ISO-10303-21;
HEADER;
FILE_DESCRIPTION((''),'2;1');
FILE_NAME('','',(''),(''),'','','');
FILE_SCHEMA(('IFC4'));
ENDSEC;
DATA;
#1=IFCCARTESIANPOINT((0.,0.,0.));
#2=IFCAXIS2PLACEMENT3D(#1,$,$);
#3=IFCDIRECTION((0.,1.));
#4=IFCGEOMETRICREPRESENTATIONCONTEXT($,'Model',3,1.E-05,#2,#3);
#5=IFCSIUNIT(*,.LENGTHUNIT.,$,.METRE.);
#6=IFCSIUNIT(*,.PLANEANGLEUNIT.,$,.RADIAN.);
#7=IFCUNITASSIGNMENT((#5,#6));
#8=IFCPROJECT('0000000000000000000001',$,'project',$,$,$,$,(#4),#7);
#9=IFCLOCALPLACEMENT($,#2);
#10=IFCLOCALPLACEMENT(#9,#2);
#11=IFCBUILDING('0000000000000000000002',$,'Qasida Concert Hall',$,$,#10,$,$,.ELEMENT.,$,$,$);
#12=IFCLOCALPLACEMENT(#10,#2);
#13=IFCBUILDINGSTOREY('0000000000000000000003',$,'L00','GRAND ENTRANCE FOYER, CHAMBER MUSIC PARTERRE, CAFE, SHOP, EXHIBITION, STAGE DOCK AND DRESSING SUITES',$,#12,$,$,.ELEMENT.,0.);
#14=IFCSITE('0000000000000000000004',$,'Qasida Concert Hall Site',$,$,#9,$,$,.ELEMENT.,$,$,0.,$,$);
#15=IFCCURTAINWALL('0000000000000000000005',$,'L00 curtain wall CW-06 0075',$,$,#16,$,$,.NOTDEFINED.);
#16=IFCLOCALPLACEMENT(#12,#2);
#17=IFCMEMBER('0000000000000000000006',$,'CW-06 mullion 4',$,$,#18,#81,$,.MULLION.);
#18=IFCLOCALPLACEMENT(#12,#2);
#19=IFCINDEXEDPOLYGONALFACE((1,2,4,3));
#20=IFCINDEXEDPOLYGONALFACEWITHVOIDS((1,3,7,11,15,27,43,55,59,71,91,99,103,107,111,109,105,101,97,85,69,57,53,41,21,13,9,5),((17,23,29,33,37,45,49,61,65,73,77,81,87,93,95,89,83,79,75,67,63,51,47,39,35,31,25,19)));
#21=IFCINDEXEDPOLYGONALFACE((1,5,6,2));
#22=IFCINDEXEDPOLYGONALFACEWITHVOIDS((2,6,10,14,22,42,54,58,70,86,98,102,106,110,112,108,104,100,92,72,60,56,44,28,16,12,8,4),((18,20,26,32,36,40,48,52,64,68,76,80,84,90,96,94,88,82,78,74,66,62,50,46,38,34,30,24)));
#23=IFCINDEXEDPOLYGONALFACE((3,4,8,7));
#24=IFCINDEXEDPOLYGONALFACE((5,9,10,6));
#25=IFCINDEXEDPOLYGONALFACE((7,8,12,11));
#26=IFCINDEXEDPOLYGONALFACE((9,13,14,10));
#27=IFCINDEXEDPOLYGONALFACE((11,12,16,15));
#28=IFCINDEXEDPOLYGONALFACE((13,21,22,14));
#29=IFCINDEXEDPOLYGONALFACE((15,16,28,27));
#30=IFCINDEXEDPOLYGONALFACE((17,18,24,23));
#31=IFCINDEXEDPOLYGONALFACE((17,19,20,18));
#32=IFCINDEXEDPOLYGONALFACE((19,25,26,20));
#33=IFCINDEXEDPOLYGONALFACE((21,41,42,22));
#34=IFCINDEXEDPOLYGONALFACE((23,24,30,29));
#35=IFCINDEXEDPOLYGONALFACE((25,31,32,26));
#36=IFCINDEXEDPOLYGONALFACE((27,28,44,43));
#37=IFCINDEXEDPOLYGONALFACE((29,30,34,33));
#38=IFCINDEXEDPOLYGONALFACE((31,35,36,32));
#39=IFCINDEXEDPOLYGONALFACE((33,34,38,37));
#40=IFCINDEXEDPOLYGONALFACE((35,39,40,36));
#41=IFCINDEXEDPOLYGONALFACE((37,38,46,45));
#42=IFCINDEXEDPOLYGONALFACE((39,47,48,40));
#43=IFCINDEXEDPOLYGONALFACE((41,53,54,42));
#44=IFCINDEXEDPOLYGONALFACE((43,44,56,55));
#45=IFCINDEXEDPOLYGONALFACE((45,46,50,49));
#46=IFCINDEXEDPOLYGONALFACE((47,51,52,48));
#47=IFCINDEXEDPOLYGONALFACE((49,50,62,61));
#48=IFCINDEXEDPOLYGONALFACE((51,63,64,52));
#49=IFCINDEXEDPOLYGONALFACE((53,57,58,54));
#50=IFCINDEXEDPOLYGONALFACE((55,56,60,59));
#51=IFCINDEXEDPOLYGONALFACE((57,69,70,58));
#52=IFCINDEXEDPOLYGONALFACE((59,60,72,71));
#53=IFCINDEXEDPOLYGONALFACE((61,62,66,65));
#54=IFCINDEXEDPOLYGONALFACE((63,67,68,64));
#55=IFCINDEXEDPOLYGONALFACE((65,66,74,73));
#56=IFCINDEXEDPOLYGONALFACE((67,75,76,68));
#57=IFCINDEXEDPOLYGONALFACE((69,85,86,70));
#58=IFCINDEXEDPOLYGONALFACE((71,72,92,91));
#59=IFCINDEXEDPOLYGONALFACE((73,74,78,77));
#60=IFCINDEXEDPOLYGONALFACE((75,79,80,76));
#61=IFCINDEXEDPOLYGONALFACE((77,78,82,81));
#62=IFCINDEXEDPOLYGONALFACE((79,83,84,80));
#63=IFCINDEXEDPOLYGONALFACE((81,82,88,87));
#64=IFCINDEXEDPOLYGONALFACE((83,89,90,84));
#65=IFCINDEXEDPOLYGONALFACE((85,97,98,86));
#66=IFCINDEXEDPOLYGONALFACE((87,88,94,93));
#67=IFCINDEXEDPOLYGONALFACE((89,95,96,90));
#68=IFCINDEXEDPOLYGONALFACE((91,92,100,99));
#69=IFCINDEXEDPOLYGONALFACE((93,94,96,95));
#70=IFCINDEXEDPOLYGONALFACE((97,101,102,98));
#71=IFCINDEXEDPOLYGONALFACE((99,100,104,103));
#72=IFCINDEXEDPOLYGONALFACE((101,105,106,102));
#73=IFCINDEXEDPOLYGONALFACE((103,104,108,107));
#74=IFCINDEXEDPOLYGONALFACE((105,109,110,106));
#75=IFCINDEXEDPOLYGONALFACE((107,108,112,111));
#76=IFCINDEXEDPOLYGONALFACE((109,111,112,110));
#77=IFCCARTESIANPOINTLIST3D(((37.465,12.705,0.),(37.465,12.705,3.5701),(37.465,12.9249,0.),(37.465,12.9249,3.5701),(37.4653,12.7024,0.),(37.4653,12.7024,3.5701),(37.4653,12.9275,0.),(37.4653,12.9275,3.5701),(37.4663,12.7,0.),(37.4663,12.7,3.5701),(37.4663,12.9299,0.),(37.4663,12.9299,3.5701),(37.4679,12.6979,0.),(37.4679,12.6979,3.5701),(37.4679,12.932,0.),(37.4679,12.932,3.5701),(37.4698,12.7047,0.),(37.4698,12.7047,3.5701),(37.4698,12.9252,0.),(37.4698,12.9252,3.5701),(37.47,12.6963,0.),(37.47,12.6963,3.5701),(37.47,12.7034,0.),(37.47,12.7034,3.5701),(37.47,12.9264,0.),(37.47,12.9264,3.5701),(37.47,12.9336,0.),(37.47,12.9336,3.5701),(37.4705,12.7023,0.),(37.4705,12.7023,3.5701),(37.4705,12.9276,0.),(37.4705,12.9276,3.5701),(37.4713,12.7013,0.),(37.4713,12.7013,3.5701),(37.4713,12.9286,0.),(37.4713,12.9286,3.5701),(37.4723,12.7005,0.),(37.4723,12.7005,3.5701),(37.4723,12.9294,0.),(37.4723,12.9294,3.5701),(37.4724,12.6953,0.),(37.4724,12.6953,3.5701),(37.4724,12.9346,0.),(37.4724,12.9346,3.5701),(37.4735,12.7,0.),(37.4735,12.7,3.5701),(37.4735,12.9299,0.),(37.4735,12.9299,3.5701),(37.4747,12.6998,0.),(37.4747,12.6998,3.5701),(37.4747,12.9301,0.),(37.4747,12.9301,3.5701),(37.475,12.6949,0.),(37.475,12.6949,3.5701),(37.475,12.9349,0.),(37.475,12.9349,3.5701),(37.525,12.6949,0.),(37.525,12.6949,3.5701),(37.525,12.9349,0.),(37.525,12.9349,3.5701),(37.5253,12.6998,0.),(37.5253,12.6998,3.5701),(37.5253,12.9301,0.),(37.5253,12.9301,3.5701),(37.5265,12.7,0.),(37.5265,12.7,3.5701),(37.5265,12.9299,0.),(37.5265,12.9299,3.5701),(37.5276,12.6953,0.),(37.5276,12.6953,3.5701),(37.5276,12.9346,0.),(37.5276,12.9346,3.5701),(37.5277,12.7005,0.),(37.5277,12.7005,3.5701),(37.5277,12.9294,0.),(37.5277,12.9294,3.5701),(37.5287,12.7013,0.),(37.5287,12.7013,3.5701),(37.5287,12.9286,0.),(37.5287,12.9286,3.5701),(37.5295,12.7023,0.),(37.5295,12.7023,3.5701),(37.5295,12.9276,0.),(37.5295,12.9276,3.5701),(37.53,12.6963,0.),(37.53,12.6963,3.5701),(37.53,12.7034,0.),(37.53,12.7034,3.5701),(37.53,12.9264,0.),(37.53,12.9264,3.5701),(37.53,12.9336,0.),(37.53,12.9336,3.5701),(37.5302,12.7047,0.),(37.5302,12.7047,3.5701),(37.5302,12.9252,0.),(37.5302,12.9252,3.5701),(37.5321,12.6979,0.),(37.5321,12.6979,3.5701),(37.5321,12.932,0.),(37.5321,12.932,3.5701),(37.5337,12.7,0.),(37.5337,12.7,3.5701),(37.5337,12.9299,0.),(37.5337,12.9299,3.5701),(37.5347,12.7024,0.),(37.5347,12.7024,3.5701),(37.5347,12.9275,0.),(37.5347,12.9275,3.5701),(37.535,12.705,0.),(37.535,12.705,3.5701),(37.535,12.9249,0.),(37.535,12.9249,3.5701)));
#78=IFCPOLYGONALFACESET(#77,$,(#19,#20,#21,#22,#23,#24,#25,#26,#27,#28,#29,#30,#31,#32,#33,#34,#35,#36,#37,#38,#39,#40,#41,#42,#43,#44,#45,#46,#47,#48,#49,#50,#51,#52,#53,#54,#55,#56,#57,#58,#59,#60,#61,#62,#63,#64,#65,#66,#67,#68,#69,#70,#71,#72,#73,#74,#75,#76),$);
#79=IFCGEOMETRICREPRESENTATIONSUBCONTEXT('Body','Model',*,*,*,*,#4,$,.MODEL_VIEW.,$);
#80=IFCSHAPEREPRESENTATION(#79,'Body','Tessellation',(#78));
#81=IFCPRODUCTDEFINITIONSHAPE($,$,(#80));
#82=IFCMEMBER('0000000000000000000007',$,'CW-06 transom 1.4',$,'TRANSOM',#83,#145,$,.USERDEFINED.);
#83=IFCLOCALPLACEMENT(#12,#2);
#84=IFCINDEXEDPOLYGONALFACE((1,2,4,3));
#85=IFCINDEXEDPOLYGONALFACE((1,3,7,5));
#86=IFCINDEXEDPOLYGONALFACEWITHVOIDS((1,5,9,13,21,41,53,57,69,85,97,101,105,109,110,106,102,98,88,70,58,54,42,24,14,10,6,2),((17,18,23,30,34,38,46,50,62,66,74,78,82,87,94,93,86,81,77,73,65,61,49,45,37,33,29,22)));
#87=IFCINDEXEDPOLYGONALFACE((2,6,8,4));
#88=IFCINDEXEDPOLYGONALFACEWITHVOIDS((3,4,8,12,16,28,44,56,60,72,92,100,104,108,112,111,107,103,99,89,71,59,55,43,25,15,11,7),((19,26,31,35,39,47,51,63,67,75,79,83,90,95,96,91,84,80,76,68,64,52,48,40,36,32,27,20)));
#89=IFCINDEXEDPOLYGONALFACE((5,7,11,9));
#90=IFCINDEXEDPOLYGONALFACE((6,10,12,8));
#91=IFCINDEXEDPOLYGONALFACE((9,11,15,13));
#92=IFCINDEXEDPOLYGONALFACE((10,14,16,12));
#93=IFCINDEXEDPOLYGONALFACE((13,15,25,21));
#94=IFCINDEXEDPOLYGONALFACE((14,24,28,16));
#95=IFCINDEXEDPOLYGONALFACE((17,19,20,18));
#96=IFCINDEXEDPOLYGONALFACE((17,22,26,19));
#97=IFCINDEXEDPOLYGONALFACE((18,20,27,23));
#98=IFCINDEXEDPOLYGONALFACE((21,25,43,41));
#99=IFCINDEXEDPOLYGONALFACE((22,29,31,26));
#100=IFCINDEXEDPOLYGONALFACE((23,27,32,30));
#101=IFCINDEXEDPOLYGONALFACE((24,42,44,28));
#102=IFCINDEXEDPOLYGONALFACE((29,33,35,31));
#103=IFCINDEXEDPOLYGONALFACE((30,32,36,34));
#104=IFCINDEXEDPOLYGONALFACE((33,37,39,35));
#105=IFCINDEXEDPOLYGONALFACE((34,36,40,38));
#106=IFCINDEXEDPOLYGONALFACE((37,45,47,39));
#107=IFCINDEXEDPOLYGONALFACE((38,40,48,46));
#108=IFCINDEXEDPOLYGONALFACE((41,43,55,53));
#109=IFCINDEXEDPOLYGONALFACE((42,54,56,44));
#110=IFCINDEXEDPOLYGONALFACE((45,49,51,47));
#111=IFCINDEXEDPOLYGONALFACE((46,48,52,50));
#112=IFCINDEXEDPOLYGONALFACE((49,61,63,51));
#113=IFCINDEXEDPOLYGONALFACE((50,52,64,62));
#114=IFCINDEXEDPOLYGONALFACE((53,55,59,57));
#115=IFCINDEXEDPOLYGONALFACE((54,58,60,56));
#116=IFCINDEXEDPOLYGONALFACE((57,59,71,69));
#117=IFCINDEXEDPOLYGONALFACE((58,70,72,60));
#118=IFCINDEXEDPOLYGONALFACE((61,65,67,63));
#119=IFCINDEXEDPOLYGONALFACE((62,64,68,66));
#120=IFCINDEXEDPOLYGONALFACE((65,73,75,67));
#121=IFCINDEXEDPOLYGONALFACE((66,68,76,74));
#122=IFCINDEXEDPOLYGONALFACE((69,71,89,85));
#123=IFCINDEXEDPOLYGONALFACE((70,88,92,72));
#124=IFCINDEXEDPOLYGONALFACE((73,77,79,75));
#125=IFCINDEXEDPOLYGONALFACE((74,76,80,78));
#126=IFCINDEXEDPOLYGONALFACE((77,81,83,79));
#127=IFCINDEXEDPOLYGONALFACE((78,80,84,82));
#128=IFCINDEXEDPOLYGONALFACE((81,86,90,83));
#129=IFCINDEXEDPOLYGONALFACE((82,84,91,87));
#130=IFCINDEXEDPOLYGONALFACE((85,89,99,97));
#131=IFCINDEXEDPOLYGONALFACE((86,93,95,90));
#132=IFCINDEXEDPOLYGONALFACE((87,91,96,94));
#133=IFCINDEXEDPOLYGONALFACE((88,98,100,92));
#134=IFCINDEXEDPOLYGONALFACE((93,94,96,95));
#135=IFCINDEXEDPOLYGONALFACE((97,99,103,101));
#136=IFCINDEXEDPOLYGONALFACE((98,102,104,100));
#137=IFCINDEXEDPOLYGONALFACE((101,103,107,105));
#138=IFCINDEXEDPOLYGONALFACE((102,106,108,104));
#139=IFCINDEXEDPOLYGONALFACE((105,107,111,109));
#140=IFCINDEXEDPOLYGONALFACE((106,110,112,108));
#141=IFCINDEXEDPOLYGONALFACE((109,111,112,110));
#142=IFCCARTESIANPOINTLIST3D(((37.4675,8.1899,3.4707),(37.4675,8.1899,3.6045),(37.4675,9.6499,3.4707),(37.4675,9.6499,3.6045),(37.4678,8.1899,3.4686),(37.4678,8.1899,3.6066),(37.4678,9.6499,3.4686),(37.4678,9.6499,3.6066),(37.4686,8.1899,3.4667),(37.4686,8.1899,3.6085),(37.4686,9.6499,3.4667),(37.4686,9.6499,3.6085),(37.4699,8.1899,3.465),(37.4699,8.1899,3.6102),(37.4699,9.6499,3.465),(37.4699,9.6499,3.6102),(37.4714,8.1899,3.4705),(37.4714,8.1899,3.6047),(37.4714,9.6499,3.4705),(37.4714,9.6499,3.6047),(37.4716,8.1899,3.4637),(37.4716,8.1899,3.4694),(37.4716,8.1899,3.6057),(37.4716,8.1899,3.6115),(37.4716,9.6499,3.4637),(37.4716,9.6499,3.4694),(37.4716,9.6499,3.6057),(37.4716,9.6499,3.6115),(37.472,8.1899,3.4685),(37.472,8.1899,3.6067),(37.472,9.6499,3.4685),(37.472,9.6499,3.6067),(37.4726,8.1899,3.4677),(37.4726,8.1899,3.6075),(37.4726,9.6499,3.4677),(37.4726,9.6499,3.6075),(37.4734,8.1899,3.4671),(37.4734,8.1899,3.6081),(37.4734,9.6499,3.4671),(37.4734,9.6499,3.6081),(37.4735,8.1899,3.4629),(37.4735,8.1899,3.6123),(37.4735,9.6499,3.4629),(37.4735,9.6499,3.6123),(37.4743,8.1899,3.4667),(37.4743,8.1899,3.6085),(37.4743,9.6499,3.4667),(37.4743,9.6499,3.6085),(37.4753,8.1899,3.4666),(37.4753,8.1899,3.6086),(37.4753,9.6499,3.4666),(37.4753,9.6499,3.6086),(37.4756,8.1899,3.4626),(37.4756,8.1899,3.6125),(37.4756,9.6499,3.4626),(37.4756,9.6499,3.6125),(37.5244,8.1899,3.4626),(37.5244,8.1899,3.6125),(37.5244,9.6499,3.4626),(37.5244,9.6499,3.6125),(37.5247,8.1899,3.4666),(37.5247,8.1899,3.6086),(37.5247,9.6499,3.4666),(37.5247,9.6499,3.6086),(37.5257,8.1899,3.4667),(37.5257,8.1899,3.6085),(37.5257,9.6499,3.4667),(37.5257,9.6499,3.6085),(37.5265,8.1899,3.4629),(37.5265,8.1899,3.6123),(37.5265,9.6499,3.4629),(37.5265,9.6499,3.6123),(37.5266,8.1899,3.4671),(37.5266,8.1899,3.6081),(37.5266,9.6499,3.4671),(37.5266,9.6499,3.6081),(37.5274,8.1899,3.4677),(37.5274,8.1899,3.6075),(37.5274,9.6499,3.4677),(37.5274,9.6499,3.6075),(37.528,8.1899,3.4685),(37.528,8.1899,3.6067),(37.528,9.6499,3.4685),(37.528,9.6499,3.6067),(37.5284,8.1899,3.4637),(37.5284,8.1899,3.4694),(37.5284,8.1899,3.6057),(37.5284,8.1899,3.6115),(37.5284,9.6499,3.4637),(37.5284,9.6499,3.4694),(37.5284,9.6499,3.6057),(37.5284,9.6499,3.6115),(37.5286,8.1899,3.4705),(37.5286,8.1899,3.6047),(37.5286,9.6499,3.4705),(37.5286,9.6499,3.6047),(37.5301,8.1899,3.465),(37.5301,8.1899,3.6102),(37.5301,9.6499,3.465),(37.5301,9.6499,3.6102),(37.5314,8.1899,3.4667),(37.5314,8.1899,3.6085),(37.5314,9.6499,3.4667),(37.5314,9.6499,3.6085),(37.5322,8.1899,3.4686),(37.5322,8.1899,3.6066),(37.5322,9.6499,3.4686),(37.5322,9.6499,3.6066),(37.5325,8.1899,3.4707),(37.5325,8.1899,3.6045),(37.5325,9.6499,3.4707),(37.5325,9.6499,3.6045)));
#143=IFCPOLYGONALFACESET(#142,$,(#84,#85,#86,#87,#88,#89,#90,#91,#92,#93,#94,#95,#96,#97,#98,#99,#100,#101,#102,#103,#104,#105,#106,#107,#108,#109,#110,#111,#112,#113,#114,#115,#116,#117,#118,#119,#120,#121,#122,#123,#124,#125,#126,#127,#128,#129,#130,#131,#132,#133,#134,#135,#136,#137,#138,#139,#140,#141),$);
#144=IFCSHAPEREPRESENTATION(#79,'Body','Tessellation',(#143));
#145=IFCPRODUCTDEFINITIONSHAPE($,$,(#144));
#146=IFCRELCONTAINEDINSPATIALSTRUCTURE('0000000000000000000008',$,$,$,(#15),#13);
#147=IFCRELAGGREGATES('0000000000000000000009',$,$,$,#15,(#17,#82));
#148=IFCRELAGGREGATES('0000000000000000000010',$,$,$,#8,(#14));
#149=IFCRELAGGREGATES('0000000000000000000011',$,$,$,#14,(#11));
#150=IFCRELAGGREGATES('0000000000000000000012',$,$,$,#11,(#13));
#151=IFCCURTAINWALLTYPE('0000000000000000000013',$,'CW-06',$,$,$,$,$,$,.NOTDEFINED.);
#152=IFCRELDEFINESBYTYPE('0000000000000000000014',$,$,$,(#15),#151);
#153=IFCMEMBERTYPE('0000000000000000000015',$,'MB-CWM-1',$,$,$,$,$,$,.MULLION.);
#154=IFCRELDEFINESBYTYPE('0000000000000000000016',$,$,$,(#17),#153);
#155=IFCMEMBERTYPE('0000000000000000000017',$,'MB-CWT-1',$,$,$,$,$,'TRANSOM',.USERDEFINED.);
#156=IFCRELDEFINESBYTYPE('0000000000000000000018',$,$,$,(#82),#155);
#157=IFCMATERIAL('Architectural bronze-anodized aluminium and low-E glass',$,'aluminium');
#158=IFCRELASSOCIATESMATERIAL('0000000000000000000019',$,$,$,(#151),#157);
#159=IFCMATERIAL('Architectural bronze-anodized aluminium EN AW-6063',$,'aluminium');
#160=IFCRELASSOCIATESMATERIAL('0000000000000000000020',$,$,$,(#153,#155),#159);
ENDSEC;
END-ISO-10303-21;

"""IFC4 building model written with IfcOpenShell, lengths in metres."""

from ifc_helpers import new_model, si_unit, direction, frame, origin, origin_2d, place, context, subcontext, project, spatial, hollow_rectangle, extrude, material, material_profile, profile_set, type_object, element, aggregate, save


model = new_model("IFC4")

# Units and contexts
model_context = context("Model", 3, precision=1e-05, world=origin(), true_north=direction((0.0, 1.0)))
body_context = subcontext(model_context, "Body", "Model", "MODEL_VIEW")
ifc_project = project(units=[si_unit("LENGTHUNIT", "METRE"), si_unit("PLANEANGLEUNIT", "RADIAN")], contexts=[model_context])

# Site, building, storey
site_placement = place(None, origin())
site = spatial("IfcSite", under=ifc_project, at=site_placement, Name="Qasida Concert Hall Site", CompositionType="ELEMENT", RefElevation=0.0)
building_placement = place(site_placement, origin())
building = spatial("IfcBuilding", under=site, at=building_placement, Name="Qasida Concert Hall", CompositionType="ELEMENT")
storey_placement = place(building_placement, origin())
storey = spatial("IfcBuildingStorey", under=building, at=storey_placement, Name="L00", Description="GRAND ENTRANCE FOYER, CHAMBER MUSIC PARTERRE, CAFE, SHOP, EXHIBITION, STAGE DOCK AND DRESSING SUITES", CompositionType="ELEMENT", Elevation=0.0)

# Curtain wall, members
ifc_material_1 = material(Name="Architectural bronze-anodized aluminium and low-E glass", Category="aluminium")
curtain_wall_type = type_object("IfcCurtainWallType", Name="CW-06", PredefinedType="NOTDEFINED", material=ifc_material_1)
curtain_wall_placement = place(storey_placement, origin())
curtain_wall = element("IfcCurtainWall", 1, at=curtain_wall_placement, inside=storey, type_object=curtain_wall_type, Name="L00 curtain wall CW-06 0075", PredefinedType="NOTDEFINED")
ifc_material_2 = material(Name="Architectural bronze-anodized aluminium EN AW-6063", Category="aluminium")
ifc_material_profile_1 = material_profile(ifc_material_2, hollow_rectangle(XDim=0.0701, YDim=0.24, WallThickness=0.0049, InnerFilletRadius=0.0049, OuterFilletRadius=0.01, at=origin_2d()), Name="CWM 240x70x5")
ifc_profile_set_1 = profile_set([ifc_material_profile_1], Name="Architectural bronze-anodized aluminium EN AW-6063")
member_type_1 = type_object("IfcMemberType", Name="MB-CWM-1", PredefinedType="MULLION", material=ifc_profile_set_1)
member_1_placement = place(storey_placement, frame((37.5, 12.8149, 0.0), z_axis=(0.0, 0.0, 1.0), x_axis=(-1.0, 0.0, 0.0)))
member_1 = element("IfcMember", 2, at=member_1_placement, type_object=member_type_1, Name="CW-06 mullion 4", PredefinedType="MULLION", context=body_context, shape_type="SweptSolid", body=[
    extrude(hollow_rectangle(XDim=0.0701, YDim=0.24, WallThickness=0.0049, InnerFilletRadius=0.0049, OuterFilletRadius=0.01, at=origin_2d()), origin(), (0.0, 0.0, 1.0), 3.5701),
])
ifc_material_profile_2 = material_profile(ifc_material_2, hollow_rectangle(XDim=0.0649, YDim=0.1499, WallThickness=0.0039, InnerFilletRadius=0.0039, OuterFilletRadius=0.0081, at=origin_2d()), Name="CWT 150x65x4")
ifc_profile_set_2 = profile_set([ifc_material_profile_2], Name="Architectural bronze-anodized aluminium EN AW-6063")
member_type_2 = type_object("IfcMemberType", Name="MB-CWT-1", ElementType="TRANSOM", PredefinedType="USERDEFINED", material=ifc_profile_set_2)
member_2_placement = place(storey_placement, frame((37.5, 8.1899, 3.5376), z_axis=(0.0, 1.0, 0.0), x_axis=(-1.0, 0.0, 0.0)))
member_2 = element("IfcMember", 3, at=member_2_placement, type_object=member_type_2, Name="CW-06 transom 1.4", ObjectType="TRANSOM", PredefinedType="USERDEFINED", context=body_context, shape_type="SweptSolid", body=[
    extrude(hollow_rectangle(XDim=0.0649, YDim=0.1499, WallThickness=0.0039, InnerFilletRadius=0.0039, OuterFilletRadius=0.0081, at=origin_2d()), origin(), (0.0, 0.0, 1.0), 1.46),
])
aggregate(curtain_wall, [member_1, member_2])

save(model, "model.ifc")
